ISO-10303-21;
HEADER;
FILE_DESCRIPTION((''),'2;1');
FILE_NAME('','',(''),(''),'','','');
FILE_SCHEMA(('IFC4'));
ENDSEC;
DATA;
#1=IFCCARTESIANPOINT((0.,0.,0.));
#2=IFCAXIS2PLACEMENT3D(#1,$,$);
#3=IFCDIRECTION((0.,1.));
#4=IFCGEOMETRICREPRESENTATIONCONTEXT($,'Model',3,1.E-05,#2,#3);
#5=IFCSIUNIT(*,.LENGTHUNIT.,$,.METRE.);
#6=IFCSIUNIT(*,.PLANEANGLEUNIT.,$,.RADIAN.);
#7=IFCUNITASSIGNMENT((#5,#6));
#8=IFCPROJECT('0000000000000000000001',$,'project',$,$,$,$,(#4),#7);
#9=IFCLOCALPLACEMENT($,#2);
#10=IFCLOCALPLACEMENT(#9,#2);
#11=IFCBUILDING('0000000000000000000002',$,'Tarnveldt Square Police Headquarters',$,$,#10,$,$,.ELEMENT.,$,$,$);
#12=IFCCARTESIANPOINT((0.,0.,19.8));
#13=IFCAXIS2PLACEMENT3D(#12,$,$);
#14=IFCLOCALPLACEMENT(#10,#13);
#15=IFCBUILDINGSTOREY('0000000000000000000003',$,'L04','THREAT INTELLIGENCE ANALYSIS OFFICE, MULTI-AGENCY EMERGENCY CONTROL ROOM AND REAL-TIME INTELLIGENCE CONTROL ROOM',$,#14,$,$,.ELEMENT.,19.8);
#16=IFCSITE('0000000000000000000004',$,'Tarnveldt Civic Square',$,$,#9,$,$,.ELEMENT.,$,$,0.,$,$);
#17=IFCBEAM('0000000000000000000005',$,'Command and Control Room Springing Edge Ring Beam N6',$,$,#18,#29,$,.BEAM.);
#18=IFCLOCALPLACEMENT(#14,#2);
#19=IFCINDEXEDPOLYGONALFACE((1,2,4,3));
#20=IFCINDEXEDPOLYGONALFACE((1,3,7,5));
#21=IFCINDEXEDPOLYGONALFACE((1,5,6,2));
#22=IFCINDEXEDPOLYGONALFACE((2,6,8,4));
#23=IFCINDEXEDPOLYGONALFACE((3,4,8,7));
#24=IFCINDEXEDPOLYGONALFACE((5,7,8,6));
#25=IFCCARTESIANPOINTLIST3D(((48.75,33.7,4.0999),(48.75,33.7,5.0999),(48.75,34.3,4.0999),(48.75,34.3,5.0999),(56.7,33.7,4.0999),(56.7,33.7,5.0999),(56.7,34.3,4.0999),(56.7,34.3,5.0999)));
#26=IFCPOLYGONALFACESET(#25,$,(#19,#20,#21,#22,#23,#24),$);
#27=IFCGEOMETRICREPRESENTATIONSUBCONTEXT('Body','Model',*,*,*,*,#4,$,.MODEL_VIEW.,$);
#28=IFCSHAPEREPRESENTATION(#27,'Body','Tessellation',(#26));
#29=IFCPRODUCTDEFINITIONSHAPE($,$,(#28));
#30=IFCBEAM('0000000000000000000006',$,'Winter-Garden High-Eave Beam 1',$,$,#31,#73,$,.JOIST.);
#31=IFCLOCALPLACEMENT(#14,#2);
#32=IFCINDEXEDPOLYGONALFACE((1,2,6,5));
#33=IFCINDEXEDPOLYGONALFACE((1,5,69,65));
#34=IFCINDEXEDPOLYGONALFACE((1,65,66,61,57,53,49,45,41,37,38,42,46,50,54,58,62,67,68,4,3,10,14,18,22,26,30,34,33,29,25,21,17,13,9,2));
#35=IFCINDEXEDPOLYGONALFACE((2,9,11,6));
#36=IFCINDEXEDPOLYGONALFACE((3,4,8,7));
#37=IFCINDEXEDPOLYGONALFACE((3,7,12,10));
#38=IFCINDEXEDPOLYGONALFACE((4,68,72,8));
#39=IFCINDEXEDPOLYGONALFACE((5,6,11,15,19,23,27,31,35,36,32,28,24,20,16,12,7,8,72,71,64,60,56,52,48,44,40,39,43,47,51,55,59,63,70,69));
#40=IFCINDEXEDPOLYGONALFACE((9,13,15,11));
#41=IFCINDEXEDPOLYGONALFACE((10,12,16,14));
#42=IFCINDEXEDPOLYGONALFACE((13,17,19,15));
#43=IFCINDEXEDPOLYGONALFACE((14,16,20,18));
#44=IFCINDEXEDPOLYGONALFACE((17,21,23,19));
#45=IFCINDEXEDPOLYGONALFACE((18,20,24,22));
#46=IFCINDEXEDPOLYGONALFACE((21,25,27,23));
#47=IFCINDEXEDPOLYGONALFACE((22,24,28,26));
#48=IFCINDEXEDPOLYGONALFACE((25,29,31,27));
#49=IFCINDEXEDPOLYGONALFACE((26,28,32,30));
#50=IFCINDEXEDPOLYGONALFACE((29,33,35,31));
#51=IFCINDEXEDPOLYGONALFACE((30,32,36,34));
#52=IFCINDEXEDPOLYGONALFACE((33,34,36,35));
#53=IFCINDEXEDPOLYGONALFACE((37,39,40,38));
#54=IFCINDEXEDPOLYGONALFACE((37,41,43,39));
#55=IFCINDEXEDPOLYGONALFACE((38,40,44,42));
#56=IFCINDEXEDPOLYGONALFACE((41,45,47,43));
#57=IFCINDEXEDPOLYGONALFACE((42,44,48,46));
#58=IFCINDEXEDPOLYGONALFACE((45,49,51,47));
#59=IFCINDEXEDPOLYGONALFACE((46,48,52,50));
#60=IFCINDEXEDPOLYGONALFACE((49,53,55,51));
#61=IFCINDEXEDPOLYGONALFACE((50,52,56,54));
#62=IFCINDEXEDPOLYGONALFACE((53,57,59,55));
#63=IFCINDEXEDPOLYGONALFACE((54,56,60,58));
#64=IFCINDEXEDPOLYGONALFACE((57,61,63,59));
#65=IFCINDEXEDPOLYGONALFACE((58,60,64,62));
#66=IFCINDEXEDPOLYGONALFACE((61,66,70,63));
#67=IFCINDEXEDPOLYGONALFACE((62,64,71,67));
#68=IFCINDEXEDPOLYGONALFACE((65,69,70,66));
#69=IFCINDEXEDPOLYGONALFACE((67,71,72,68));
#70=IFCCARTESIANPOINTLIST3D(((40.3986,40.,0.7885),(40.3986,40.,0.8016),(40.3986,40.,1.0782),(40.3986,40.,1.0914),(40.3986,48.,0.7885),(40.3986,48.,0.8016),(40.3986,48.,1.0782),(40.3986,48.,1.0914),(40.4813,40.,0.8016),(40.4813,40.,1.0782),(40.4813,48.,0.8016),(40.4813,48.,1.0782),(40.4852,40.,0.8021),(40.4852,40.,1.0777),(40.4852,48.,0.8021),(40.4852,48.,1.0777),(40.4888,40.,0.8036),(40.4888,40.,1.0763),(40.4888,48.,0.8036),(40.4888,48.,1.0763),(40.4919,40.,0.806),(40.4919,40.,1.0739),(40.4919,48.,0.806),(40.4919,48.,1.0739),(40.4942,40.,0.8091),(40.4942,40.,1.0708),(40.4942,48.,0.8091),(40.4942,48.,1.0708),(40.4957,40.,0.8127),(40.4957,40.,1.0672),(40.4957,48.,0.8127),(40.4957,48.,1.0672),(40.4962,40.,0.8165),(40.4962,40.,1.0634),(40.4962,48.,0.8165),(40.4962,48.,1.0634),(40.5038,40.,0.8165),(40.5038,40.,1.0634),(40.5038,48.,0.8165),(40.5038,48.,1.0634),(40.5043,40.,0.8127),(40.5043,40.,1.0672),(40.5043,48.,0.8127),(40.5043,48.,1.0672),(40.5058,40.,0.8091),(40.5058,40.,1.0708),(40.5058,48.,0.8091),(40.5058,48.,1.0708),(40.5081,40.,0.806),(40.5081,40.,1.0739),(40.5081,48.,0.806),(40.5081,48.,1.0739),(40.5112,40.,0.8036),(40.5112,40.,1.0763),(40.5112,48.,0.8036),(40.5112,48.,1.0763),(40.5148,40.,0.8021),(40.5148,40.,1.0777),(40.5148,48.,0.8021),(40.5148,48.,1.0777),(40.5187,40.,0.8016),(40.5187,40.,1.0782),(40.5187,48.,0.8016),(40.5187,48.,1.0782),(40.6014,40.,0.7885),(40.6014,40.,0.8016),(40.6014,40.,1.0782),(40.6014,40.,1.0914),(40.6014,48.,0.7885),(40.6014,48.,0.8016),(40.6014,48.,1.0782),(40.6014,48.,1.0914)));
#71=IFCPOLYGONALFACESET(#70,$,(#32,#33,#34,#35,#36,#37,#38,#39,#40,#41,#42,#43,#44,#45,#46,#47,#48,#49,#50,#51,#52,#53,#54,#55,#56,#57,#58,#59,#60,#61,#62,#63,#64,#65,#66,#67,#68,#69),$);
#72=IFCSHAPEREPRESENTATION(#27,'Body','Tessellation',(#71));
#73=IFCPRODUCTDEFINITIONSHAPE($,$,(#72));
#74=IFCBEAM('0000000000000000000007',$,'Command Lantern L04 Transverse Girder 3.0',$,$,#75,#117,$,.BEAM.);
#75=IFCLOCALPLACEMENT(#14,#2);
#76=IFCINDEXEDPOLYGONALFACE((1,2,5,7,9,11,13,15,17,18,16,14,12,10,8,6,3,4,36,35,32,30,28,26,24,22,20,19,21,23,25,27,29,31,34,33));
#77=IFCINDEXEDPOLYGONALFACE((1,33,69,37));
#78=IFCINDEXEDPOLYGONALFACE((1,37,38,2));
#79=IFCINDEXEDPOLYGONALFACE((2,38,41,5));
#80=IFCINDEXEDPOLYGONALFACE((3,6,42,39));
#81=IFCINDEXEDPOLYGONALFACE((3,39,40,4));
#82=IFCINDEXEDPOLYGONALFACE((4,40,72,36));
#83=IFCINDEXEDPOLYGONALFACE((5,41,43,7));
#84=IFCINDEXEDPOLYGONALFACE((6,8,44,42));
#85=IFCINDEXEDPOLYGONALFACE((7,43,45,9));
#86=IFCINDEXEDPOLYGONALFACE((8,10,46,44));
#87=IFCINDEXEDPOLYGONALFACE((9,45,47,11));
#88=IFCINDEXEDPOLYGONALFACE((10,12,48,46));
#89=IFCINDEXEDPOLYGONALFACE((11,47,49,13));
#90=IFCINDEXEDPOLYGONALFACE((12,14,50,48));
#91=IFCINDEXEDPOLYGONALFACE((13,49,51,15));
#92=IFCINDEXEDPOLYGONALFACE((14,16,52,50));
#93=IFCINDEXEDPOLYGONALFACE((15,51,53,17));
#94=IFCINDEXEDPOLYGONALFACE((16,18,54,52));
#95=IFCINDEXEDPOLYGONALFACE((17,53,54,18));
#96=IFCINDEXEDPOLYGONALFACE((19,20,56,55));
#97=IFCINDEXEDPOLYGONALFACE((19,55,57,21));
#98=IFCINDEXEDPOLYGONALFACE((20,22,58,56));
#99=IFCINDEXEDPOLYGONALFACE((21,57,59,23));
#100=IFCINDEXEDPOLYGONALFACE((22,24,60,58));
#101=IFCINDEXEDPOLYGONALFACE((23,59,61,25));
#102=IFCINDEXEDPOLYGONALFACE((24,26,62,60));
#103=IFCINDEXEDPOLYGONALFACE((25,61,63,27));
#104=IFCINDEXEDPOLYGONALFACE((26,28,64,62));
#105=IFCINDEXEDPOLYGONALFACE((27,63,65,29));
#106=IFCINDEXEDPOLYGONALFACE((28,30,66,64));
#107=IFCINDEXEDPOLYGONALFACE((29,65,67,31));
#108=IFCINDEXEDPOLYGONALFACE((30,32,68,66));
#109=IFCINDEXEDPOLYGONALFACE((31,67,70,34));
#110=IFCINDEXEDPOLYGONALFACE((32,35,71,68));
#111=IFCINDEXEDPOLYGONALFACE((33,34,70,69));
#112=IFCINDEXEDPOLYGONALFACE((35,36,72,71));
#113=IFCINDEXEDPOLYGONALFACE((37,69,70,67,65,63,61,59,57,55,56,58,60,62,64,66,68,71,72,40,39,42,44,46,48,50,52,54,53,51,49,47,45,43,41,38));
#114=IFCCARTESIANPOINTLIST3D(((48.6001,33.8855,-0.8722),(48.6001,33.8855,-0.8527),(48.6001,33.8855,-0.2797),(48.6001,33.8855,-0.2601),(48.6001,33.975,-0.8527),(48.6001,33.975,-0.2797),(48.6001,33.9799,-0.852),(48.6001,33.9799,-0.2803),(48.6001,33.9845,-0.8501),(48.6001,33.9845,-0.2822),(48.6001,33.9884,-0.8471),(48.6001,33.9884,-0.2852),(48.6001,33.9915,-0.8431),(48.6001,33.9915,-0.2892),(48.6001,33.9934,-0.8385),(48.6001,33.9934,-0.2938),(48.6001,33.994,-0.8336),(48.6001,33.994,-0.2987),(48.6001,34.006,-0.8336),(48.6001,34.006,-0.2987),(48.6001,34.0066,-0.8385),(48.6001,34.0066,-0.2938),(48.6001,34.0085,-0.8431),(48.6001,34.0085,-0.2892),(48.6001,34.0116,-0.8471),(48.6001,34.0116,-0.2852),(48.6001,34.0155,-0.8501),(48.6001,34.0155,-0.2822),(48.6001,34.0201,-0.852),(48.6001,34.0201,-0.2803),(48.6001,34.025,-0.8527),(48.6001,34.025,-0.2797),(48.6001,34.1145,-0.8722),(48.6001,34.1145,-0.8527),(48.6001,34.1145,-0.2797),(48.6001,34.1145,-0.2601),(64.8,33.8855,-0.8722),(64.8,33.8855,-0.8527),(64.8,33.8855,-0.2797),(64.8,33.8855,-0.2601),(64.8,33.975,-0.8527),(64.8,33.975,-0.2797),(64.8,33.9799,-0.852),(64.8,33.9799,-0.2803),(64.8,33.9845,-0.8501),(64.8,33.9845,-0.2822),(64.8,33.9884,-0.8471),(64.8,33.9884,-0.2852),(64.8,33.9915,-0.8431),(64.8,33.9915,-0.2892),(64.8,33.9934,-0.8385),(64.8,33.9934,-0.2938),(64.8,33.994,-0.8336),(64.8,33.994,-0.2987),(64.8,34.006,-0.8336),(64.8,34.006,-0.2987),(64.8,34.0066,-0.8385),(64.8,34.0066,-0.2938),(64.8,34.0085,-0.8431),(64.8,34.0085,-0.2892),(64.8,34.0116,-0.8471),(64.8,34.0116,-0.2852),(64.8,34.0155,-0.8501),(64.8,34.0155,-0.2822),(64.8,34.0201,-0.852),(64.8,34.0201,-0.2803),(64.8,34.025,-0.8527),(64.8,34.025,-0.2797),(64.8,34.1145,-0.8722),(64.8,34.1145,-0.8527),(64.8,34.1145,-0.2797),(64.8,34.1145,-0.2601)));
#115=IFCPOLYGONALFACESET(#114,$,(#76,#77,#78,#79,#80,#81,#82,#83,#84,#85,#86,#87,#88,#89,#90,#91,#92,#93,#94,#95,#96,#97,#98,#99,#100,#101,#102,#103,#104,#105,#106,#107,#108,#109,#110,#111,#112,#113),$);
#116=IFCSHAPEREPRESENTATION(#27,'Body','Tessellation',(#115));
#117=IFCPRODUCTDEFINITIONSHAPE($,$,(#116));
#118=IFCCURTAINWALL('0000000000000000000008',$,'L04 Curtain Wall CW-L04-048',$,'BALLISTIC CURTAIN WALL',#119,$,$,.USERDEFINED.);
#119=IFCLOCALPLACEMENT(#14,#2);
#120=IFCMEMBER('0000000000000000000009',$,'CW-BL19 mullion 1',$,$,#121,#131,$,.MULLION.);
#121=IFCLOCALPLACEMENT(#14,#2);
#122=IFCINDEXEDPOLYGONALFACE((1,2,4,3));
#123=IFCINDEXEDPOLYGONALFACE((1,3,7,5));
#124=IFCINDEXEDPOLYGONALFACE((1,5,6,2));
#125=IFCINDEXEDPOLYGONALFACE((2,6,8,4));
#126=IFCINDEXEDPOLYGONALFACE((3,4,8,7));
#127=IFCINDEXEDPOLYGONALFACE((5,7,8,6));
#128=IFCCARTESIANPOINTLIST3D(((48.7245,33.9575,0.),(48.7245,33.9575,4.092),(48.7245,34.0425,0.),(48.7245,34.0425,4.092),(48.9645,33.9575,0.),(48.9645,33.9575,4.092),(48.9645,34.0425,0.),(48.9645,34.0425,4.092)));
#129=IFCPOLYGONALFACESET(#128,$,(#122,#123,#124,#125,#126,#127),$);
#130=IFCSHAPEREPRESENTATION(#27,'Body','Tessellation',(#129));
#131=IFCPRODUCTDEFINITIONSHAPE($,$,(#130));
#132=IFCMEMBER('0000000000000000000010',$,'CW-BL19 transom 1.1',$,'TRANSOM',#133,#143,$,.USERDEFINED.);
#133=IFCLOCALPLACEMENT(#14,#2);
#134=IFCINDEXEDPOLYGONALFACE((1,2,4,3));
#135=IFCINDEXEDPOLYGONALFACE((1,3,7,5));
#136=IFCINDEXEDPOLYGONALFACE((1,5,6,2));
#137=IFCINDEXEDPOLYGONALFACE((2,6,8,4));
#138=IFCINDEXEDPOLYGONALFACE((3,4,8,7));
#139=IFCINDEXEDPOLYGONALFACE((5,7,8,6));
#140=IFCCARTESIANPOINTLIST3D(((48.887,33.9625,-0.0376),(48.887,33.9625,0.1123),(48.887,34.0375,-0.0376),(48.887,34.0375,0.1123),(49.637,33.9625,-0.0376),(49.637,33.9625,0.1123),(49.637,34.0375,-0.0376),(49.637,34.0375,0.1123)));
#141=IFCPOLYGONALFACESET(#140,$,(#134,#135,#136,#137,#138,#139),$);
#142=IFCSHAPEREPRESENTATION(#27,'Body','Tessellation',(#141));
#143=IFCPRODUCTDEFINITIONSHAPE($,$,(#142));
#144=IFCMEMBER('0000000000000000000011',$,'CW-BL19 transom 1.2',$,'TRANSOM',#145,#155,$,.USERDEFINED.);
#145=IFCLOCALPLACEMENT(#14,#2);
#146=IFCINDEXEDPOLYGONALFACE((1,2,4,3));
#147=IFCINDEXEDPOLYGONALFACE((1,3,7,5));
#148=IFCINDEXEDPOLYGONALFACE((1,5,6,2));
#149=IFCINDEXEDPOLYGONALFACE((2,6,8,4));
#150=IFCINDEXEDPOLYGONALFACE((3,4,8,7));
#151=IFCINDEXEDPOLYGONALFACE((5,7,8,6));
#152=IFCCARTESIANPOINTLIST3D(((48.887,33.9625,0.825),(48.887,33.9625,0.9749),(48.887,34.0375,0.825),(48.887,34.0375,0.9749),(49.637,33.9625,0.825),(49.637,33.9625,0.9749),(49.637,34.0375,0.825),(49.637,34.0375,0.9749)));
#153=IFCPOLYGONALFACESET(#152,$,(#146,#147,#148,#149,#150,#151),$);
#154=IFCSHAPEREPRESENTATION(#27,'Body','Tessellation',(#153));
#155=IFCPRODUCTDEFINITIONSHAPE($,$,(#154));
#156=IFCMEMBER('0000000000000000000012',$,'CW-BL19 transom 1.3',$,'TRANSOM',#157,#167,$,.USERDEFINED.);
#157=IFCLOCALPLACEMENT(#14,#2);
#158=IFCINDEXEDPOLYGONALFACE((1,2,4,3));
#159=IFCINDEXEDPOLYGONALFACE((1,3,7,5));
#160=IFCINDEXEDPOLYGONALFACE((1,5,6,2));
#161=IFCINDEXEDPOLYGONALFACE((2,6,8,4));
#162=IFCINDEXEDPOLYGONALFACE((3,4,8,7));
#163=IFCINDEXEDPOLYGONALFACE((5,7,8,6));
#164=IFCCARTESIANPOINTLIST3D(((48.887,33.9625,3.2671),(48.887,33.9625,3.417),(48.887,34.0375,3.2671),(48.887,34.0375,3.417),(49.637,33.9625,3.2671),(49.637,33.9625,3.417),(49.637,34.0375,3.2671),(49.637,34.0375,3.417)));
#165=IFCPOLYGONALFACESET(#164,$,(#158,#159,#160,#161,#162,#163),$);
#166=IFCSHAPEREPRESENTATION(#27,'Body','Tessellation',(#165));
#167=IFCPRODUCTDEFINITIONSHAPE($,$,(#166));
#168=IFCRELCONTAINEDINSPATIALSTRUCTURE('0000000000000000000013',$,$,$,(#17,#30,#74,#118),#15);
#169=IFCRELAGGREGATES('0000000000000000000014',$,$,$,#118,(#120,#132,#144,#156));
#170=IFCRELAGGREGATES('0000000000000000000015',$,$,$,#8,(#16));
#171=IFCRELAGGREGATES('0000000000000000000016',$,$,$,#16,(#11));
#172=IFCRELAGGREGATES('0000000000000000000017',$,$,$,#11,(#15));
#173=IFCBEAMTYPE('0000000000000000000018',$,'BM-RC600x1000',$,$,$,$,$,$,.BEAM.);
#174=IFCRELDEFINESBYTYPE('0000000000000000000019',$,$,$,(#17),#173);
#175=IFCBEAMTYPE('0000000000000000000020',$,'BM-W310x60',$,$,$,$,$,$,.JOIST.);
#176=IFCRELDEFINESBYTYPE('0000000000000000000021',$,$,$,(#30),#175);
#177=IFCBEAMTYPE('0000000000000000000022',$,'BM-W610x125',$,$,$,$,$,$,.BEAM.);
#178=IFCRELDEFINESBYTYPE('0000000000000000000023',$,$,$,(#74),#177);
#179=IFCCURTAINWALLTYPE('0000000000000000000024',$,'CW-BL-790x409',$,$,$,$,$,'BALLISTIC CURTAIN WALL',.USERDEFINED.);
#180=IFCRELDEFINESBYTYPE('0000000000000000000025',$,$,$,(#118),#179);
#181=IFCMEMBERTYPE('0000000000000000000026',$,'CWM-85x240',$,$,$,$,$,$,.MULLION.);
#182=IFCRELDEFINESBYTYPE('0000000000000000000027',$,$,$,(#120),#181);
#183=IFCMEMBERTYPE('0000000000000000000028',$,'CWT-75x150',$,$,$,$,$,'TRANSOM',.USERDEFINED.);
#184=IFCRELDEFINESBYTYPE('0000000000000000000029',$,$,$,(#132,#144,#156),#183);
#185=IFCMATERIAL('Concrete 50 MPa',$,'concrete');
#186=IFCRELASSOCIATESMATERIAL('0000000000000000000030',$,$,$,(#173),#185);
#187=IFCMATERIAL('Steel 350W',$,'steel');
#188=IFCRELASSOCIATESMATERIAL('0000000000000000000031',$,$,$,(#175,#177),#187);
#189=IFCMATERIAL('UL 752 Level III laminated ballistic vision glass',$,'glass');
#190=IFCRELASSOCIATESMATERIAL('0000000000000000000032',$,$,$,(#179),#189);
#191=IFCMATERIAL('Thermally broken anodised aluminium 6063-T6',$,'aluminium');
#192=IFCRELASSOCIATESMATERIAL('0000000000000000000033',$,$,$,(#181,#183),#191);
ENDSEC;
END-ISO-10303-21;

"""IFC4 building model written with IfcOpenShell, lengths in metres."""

from ifc_helpers import new_model, si_unit, direction, frame, origin, origin_2d, place, context, subcontext, project, spatial, rectangle, i_section, extrude, material, material_profile, profile_set, type_object, element, aggregate, save


model = new_model("IFC4")

# Units and contexts
model_context = context("Model", 3, precision=1e-05, world=origin(), true_north=direction((0.0, 1.0)))
body_context = subcontext(model_context, "Body", "Model", "MODEL_VIEW")
ifc_project = project(units=[si_unit("LENGTHUNIT", "METRE"), si_unit("PLANEANGLEUNIT", "RADIAN")], contexts=[model_context])

# Site, building, storey
site_placement = place(None, origin())
site = spatial("IfcSite", under=ifc_project, at=site_placement, Name="Tarnveldt Civic Square", CompositionType="ELEMENT", RefElevation=0.0)
building_placement = place(site_placement, origin())
building = spatial("IfcBuilding", under=site, at=building_placement, Name="Tarnveldt Square Police Headquarters", CompositionType="ELEMENT")
storey_placement = place(building_placement, frame((0.0, 0.0, 19.8)))
storey = spatial("IfcBuildingStorey", under=building, at=storey_placement, Name="L04", Description="THREAT INTELLIGENCE ANALYSIS OFFICE, MULTI-AGENCY EMERGENCY CONTROL ROOM AND REAL-TIME INTELLIGENCE CONTROL ROOM", CompositionType="ELEMENT", Elevation=19.8)

# Shared definitions
ifc_material_1 = material(Name="Steel 350W", Category="steel")

# Beams
ifc_material_2 = material(Name="Concrete 50 MPa", Category="concrete")
ifc_material_profile_1 = material_profile(ifc_material_2, rectangle(XDim=0.6001, YDim=1.0, at=origin_2d()), Name="RC-B600x1000")
ifc_profile_set_1 = profile_set([ifc_material_profile_1], Name="Concrete 50 MPa")
beam_type_1 = type_object("IfcBeamType", Name="BM-RC600x1000", PredefinedType="BEAM", material=ifc_profile_set_1)
beam_1_placement = place(storey_placement, frame((48.75, 34.0, 4.5999), z_axis=(1.0, 0.0, 0.0), x_axis=(0.0, 1.0, 0.0)))
element("IfcBeam", 1, at=beam_1_placement, inside=storey, type_object=beam_type_1, Name="Command and Control Room Springing Edge Ring Beam N6", PredefinedType="BEAM", context=body_context, shape_type="SweptSolid", body=[
    extrude(rectangle(XDim=0.6001, YDim=1.0, at=origin_2d()), origin(), (0.0, 0.0, 1.0), 7.95),
])
ifc_material_profile_2 = material_profile(ifc_material_1, i_section(OverallWidth=0.2029, OverallDepth=0.303, WebThickness=0.0076, FlangeThickness=0.0132, FilletRadius=0.0149, at=origin_2d()), Name="W310x60")
ifc_profile_set_2 = profile_set([ifc_material_profile_2], Name="Steel 350W")
beam_type_2 = type_object("IfcBeamType", Name="BM-W310x60", PredefinedType="JOIST", material=ifc_profile_set_2)
beam_2_placement = place(storey_placement, frame((40.5, 40.0, 0.9399), z_axis=(0.0, 1.0, 0.0), x_axis=(-1.0, 0.0, 0.0)))
element("IfcBeam", 2, at=beam_2_placement, inside=storey, type_object=beam_type_2, Name="Winter-Garden High-Eave Beam 1", PredefinedType="JOIST", context=body_context, shape_type="SweptSolid", body=[
    extrude(i_section(OverallWidth=0.2029, OverallDepth=0.303, WebThickness=0.0076, FlangeThickness=0.0132, FilletRadius=0.0149, at=origin_2d()), origin(), (0.0, 0.0, 1.0), 8.0),
])
ifc_material_profile_3 = material_profile(ifc_material_1, i_section(OverallWidth=0.229, OverallDepth=0.6121, WebThickness=0.012, FlangeThickness=0.0195, FilletRadius=0.019, at=origin_2d()), Name="W610x125")
ifc_profile_set_3 = profile_set([ifc_material_profile_3], Name="Steel 350W")
beam_type_3 = type_object("IfcBeamType", Name="BM-W610x125", PredefinedType="BEAM", material=ifc_profile_set_3)
beam_3_placement = place(storey_placement, frame((48.6001, 34.0, -0.5662), z_axis=(1.0, 0.0, 0.0), x_axis=(0.0, 1.0, 0.0)))
element("IfcBeam", 3, at=beam_3_placement, inside=storey, type_object=beam_type_3, Name="Command Lantern L04 Transverse Girder 3.0", PredefinedType="BEAM", context=body_context, shape_type="SweptSolid", body=[
    extrude(i_section(OverallWidth=0.229, OverallDepth=0.6121, WebThickness=0.012, FlangeThickness=0.0195, FilletRadius=0.019, at=origin_2d()), origin(), (0.0, 0.0, 1.0), 16.2),
])

# Curtain wall, members
ifc_material_3 = material(Name="UL 752 Level III laminated ballistic vision glass", Category="glass")
curtain_wall_type = type_object("IfcCurtainWallType", Name="CW-BL-790x409", ElementType="BALLISTIC CURTAIN WALL", PredefinedType="USERDEFINED", material=ifc_material_3)
curtain_wall_placement = place(storey_placement, origin())
curtain_wall = element("IfcCurtainWall", 4, at=curtain_wall_placement, inside=storey, type_object=curtain_wall_type, Name="L04 Curtain Wall CW-L04-048", ObjectType="BALLISTIC CURTAIN WALL", PredefinedType="USERDEFINED")
ifc_material_4 = material(Name="Thermally broken anodised aluminium 6063-T6", Category="aluminium")
ifc_material_profile_4 = material_profile(ifc_material_4, rectangle(XDim=0.085, YDim=0.24, at=origin_2d()), Name="CW-M85x240")
ifc_profile_set_4 = profile_set([ifc_material_profile_4], Name="Thermally broken anodised aluminium 6063-T6")
member_type_1 = type_object("IfcMemberType", Name="CWM-85x240", PredefinedType="MULLION", material=ifc_profile_set_4)
member_1_placement = place(storey_placement, frame((48.8445, 34.0, 0.0), z_axis=(0.0, 0.0, 1.0), x_axis=(0.0, 1.0, 0.0)))
member_1 = element("IfcMember", 5, at=member_1_placement, type_object=member_type_1, Name="CW-BL19 mullion 1", PredefinedType="MULLION", context=body_context, shape_type="SweptSolid", body=[
    extrude(rectangle(XDim=0.085, YDim=0.24, at=origin_2d()), origin(), (0.0, 0.0, 1.0), 4.092),
])
ifc_material_profile_5 = material_profile(ifc_material_4, rectangle(XDim=0.075, YDim=0.1499, at=origin_2d()), Name="CW-T75x150")
ifc_profile_set_5 = profile_set([ifc_material_profile_5], Name="Thermally broken anodised aluminium 6063-T6")
member_type_2 = type_object("IfcMemberType", Name="CWT-75x150", ElementType="TRANSOM", PredefinedType="USERDEFINED", material=ifc_profile_set_5)
member_2_placement = place(storey_placement, frame((48.887, 34.0, 0.0374), z_axis=(1.0, 0.0, 0.0), x_axis=(0.0, 1.0, 0.0)))
member_2 = element("IfcMember", 6, at=member_2_placement, type_object=member_type_2, Name="CW-BL19 transom 1.1", ObjectType="TRANSOM", PredefinedType="USERDEFINED", context=body_context, shape_type="SweptSolid", body=[
    extrude(rectangle(XDim=0.075, YDim=0.1499, at=origin_2d()), origin(), (0.0, 0.0, 1.0), 0.75),
])
member_3_placement = place(storey_placement, frame((48.887, 34.0, 0.8999), z_axis=(1.0, 0.0, 0.0), x_axis=(0.0, 1.0, 0.0)))
member_3 = element("IfcMember", 7, at=member_3_placement, type_object=member_type_2, Name="CW-BL19 transom 1.2", ObjectType="TRANSOM", PredefinedType="USERDEFINED", context=body_context, shape_type="SweptSolid", body=[
    extrude(rectangle(XDim=0.075, YDim=0.1499, at=origin_2d()), origin(), (0.0, 0.0, 1.0), 0.75),
])
member_4_placement = place(storey_placement, frame((48.887, 34.0, 3.342), z_axis=(1.0, 0.0, 0.0), x_axis=(0.0, 1.0, 0.0)))
member_4 = element("IfcMember", 8, at=member_4_placement, type_object=member_type_2, Name="CW-BL19 transom 1.3", ObjectType="TRANSOM", PredefinedType="USERDEFINED", context=body_context, shape_type="SweptSolid", body=[
    extrude(rectangle(XDim=0.075, YDim=0.1499, at=origin_2d()), origin(), (0.0, 0.0, 1.0), 0.75),
])
aggregate(curtain_wall, [member_1, member_2, member_3, member_4])

save(model, "model.ifc")
